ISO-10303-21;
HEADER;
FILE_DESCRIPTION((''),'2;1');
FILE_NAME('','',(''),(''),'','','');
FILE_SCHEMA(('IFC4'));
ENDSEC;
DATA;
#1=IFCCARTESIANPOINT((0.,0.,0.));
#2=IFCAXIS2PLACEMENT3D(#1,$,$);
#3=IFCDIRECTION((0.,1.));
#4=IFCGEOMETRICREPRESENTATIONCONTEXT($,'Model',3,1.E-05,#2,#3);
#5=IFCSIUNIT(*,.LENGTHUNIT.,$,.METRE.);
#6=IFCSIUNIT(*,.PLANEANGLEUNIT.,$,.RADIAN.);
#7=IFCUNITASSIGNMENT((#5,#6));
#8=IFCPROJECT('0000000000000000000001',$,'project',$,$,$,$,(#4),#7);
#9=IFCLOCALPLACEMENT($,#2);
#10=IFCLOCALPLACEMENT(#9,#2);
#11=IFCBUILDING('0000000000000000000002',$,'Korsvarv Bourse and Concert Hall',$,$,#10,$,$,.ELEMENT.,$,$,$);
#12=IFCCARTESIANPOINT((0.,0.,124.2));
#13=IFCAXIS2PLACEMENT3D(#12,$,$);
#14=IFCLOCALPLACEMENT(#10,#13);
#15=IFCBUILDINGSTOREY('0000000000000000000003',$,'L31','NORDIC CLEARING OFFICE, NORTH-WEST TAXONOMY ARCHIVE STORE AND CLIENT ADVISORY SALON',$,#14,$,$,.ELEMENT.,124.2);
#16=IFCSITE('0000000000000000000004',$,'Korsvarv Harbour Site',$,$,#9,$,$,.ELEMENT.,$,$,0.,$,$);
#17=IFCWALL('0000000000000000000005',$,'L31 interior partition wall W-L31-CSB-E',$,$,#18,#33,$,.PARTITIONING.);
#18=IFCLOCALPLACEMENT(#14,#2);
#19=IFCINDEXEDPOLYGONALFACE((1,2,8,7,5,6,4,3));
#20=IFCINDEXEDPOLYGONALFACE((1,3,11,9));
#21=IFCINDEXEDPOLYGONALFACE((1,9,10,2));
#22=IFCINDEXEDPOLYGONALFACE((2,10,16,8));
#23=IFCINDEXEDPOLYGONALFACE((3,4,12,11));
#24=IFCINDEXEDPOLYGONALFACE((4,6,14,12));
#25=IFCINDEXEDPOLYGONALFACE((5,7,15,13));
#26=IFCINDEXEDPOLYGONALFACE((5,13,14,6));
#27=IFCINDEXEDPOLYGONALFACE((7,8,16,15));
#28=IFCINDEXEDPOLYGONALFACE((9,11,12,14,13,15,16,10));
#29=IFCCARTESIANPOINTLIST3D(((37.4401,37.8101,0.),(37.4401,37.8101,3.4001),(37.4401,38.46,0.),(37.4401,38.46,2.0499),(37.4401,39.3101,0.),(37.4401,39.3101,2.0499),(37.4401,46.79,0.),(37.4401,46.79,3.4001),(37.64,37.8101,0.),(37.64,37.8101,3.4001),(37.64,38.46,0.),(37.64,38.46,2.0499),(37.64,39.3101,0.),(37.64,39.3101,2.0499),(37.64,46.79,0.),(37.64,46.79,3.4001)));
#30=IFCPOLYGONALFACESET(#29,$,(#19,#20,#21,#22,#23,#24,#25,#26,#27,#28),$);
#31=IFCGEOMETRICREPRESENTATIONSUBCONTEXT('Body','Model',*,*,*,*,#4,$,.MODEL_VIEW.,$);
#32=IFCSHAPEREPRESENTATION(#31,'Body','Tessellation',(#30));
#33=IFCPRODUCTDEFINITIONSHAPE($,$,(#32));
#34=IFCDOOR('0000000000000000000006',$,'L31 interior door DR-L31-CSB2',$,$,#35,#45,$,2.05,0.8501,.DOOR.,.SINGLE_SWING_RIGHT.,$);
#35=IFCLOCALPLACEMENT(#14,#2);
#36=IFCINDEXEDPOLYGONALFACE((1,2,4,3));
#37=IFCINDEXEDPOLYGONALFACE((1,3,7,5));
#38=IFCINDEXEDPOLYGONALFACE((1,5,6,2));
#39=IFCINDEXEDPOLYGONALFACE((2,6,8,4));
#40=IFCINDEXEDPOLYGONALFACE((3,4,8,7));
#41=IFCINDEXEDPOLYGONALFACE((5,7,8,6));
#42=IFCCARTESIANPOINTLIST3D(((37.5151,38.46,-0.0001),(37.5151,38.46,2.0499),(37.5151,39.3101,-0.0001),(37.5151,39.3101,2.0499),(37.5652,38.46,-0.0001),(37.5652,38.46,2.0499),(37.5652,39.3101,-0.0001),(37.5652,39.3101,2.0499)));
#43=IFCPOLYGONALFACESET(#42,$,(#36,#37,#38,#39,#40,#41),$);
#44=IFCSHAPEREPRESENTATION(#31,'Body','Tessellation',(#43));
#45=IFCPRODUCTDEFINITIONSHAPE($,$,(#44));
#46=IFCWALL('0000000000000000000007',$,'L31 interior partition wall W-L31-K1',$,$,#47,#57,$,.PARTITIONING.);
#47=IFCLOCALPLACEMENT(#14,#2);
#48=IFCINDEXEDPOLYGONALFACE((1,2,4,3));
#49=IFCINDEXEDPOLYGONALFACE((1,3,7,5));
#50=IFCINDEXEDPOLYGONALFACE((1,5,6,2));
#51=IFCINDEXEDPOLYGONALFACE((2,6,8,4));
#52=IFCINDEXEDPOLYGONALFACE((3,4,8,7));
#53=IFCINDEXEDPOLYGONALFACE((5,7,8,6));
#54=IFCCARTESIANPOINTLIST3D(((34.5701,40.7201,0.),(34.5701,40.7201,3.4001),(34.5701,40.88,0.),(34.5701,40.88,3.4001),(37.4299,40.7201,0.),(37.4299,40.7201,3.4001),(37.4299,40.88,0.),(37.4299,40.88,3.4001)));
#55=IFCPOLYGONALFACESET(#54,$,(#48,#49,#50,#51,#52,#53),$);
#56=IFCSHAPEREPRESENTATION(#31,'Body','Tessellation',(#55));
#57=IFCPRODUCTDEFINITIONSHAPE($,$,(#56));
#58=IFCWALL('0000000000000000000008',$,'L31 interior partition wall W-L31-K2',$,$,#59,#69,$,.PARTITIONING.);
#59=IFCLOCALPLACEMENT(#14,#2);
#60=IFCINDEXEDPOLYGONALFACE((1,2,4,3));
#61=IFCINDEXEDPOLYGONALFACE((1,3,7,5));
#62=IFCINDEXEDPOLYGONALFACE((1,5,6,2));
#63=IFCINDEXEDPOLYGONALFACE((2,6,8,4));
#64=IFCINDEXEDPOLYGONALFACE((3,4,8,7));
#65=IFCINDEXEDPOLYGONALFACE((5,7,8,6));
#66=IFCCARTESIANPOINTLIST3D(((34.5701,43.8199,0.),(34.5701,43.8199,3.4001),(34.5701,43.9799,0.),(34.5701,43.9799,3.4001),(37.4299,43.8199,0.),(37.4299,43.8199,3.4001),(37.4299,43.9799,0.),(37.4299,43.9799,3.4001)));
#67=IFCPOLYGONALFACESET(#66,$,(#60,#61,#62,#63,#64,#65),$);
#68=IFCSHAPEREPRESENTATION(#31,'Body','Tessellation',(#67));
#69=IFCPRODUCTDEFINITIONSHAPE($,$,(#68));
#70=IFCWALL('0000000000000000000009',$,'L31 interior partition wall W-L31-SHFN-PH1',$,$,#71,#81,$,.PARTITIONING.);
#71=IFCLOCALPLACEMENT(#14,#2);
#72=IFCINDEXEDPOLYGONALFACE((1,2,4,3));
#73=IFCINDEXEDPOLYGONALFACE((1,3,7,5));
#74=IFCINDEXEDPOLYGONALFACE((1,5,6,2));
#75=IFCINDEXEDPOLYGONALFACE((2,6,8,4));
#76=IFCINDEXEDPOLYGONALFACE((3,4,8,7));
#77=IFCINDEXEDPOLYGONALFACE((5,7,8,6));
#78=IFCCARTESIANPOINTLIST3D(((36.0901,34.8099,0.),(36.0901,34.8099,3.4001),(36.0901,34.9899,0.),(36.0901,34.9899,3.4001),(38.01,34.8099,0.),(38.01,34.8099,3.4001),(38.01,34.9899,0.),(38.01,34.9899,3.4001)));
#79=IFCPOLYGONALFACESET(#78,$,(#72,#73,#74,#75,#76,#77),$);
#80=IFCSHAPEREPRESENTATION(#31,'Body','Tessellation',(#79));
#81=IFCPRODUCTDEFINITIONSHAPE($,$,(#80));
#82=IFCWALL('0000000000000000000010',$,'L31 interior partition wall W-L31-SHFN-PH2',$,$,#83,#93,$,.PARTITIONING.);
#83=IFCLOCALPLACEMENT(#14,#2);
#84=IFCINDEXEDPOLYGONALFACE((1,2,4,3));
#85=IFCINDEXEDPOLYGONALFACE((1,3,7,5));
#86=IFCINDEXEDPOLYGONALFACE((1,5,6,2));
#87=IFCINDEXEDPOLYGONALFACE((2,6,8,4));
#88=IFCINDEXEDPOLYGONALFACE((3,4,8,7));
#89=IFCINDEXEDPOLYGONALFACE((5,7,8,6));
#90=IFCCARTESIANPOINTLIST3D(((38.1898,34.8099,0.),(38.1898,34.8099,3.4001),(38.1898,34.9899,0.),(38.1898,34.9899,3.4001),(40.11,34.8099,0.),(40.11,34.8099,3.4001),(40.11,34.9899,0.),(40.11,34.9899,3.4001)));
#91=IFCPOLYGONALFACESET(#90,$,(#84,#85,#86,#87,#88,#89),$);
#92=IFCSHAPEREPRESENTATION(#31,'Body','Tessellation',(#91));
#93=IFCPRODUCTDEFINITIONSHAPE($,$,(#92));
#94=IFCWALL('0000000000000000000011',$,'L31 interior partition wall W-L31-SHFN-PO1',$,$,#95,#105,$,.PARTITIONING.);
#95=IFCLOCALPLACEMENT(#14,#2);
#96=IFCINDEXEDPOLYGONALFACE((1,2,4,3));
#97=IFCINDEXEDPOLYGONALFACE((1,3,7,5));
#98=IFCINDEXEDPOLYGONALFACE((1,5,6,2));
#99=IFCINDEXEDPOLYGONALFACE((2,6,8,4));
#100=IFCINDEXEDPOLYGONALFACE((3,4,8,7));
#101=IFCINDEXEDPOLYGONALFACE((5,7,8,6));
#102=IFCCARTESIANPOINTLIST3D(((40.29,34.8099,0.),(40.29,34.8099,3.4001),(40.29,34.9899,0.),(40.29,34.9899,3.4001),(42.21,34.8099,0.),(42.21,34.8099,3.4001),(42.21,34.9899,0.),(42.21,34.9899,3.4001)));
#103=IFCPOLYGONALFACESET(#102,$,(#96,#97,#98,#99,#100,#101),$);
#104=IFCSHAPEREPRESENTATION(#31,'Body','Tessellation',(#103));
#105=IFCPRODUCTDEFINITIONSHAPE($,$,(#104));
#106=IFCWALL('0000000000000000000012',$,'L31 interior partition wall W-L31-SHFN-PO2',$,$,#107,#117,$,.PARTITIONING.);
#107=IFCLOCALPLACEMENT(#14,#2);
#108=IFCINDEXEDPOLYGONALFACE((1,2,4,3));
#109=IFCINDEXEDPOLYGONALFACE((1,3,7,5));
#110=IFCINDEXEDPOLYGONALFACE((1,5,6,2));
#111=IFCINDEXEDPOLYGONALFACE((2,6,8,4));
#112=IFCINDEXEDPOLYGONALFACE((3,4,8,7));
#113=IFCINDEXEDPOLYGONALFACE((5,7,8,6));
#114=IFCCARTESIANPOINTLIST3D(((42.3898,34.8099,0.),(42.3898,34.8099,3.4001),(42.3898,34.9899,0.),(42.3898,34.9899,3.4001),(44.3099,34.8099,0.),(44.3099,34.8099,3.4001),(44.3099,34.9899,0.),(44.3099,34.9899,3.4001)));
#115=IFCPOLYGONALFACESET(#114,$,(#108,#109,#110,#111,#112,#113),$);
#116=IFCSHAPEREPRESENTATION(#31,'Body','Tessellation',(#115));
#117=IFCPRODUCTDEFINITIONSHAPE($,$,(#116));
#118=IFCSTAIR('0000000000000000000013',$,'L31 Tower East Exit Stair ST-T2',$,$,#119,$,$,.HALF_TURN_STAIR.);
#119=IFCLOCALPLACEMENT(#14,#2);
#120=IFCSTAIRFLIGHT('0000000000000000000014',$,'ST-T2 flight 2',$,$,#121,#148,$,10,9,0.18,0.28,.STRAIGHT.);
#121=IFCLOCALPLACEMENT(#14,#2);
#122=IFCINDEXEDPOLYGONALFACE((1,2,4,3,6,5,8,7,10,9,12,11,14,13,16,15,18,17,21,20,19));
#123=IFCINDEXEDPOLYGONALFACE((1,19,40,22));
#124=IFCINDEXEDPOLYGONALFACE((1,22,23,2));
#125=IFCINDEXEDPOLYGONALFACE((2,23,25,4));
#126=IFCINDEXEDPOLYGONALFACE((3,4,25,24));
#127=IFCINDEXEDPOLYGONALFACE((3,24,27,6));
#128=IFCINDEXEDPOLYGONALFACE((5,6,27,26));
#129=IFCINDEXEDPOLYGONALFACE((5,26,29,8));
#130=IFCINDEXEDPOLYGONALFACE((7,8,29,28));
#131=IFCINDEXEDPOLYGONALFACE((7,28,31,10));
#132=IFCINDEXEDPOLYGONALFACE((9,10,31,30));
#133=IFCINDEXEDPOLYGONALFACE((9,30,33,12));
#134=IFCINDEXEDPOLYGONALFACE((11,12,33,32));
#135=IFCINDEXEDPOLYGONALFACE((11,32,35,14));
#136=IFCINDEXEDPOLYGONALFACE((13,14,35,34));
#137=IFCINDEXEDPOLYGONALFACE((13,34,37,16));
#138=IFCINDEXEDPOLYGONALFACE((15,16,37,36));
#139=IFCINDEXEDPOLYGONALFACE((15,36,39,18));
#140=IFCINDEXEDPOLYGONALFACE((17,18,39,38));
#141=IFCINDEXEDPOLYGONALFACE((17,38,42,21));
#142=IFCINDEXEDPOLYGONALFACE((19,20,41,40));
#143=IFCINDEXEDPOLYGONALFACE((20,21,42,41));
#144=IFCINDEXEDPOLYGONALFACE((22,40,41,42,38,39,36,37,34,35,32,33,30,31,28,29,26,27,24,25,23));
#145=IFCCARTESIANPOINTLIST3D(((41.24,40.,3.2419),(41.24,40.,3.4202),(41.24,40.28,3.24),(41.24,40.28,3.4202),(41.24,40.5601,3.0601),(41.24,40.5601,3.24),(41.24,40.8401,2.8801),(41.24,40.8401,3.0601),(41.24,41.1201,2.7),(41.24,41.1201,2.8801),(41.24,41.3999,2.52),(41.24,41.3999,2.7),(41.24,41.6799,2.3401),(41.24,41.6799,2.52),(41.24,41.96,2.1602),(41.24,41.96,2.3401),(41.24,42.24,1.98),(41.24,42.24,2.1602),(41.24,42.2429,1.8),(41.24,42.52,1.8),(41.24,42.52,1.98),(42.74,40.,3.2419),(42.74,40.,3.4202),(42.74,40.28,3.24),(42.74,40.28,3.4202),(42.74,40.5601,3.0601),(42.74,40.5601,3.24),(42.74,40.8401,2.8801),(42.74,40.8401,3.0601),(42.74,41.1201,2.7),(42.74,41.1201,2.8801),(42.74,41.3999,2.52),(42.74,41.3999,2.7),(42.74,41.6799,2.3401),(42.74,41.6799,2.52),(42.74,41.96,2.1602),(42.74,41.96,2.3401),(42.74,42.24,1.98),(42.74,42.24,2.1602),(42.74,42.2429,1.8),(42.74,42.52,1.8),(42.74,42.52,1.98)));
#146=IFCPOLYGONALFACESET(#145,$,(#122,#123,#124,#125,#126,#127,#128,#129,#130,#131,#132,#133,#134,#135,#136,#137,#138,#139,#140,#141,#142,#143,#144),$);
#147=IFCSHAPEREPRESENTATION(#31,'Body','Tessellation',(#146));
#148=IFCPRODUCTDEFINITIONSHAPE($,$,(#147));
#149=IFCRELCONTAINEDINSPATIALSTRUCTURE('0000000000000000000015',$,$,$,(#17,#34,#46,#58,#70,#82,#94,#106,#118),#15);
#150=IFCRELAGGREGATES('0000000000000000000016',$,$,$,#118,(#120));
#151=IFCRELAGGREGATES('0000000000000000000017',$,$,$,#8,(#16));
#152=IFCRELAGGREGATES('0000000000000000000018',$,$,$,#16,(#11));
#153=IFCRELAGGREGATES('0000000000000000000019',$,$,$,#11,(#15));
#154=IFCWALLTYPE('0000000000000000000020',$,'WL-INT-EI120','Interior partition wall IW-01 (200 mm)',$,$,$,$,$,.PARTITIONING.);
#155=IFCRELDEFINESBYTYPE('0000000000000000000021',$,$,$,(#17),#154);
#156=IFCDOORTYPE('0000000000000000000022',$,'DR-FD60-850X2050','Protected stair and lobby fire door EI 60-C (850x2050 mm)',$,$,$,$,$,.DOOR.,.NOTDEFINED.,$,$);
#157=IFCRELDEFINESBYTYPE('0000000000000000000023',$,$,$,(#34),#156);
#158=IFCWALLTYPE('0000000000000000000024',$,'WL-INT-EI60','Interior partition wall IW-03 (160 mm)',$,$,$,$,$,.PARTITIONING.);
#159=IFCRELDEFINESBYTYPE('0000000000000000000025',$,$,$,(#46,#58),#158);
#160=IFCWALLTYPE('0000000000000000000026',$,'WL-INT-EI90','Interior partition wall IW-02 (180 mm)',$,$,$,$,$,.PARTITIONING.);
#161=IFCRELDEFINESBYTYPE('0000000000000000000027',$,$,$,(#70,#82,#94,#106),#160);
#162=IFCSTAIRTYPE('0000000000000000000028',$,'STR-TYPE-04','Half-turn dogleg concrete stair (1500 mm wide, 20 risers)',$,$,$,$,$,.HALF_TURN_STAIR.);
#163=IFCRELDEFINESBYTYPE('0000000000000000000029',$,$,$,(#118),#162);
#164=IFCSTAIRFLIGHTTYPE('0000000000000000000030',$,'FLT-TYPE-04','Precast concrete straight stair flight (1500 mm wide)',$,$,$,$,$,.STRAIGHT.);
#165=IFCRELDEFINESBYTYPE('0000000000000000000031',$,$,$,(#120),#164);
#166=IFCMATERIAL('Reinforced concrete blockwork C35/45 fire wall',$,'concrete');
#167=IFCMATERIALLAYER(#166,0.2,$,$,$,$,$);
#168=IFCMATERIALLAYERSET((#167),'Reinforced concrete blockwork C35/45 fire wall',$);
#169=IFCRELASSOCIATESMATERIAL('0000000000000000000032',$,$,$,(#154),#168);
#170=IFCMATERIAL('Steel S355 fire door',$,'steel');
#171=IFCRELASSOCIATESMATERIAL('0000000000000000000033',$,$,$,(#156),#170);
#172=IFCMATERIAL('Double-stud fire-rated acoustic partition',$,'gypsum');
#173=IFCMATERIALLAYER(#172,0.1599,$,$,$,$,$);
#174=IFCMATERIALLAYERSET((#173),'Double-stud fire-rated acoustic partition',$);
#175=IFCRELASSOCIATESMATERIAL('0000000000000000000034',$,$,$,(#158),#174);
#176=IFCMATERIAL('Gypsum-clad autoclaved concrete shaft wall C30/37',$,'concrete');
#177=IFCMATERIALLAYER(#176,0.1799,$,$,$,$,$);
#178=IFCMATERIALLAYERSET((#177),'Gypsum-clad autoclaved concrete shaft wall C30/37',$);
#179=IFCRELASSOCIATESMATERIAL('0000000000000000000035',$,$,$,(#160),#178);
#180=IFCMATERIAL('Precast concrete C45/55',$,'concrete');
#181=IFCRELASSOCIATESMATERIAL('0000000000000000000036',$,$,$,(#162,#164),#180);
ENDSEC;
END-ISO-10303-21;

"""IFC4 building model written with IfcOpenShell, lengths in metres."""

from ifc_helpers import new_model, si_unit, direction, frame, frame_2d, origin, place, context, subcontext, project, spatial, polyline, rectangle, outline, extrude, material, layer, layer_set, type_object, element, fill, aggregate, save


model = new_model("IFC4")

# Units and contexts
model_context = context("Model", 3, precision=1e-05, world=origin(), true_north=direction((0.0, 1.0)))
body_context = subcontext(model_context, "Body", "Model", "MODEL_VIEW")
ifc_project = project(units=[si_unit("LENGTHUNIT", "METRE"), si_unit("PLANEANGLEUNIT", "RADIAN")], contexts=[model_context])

# Site, building, storey
site_placement = place(None, origin())
site = spatial("IfcSite", under=ifc_project, at=site_placement, Name="Korsvarv Harbour Site", CompositionType="ELEMENT", RefElevation=0.0)
building_placement = place(site_placement, origin())
building = spatial("IfcBuilding", under=site, at=building_placement, Name="Korsvarv Bourse and Concert Hall", CompositionType="ELEMENT")
storey_placement = place(building_placement, frame((0.0, 0.0, 124.2)))
storey = spatial("IfcBuildingStorey", under=building, at=storey_placement, Name="L31", Description="NORDIC CLEARING OFFICE, NORTH-WEST TAXONOMY ARCHIVE STORE AND CLIENT ADVISORY SALON", CompositionType="ELEMENT", Elevation=124.2)

# Shared definitions
ifc_material_1 = material(Name="Steel S355 fire door", Category="steel")

# Wall, opening, door
ifc_material_2 = material(Name="Reinforced concrete blockwork C35/45 fire wall", Category="concrete")
ifc_layer_1 = layer(ifc_material_2, 0.2)
ifc_layer_set_1 = layer_set([ifc_layer_1], Name="Reinforced concrete blockwork C35/45 fire wall")
wall_type_1 = type_object("IfcWallType", Name="WL-INT-EI120", Description="Interior partition wall IW-01 (200 mm)", PredefinedType="PARTITIONING", material=ifc_layer_set_1)
door_type_1 = type_object("IfcDoorType", Name="DR-FD60-850X2050", Description="Protected stair and lobby fire door EI 60-C (850x2050 mm)", OperationType="NOTDEFINED", PredefinedType="DOOR", material=ifc_material_1)
wall_1_placement = place(storey_placement, frame((37.54, 37.8101, 0.0), z_axis=(0.0, 0.0, 1.0), x_axis=(0.0, 1.0, 0.0)))
wall_1 = element("IfcWall", 1, at=wall_1_placement, inside=storey, type_object=wall_type_1, Name="L31 interior partition wall W-L31-CSB-E", PredefinedType="PARTITIONING", context=body_context, shape_type="SweptSolid", body=[
    extrude(rectangle(XDim=8.98, YDim=0.2, at=frame_2d((4.49, 0.0))), origin(), (0.0, 0.0, 1.0), 3.4001),
])
opening_1_placement = place(wall_1_placement, frame((0.6499, 0.0, 0.0)))
opening_1 = element("IfcOpeningElement", 2, at=opening_1_placement, cuts=wall_1, PredefinedType="OPENING", context=body_context, shape_type="SweptSolid", body=[
    extrude(rectangle(XDim=0.8501, YDim=2.05, at=frame_2d((0.425, 1.0249))), frame((0.0, 0.1099, 0.0), z_axis=(0.0, -1.0, 0.0), x_axis=(1.0, 0.0, 0.0)), (0.0, 0.0, 1.0), 0.22),
])
door_1_placement = place(opening_1_placement, origin())
door_1 = element("IfcDoor", 3, at=door_1_placement, inside=storey, type_object=door_type_1, Name="L31 interior door DR-L31-CSB2", OperationType="SINGLE_SWING_RIGHT", OverallHeight=2.05, OverallWidth=0.8501, PredefinedType="DOOR", context=body_context, shape_type="SweptSolid", body=[
    extrude(rectangle(XDim=0.8501, YDim=2.05, at=frame_2d((0.425, 1.0249))), frame((0.0, 0.0249, 0.0), z_axis=(0.0, -1.0, 0.0), x_axis=(1.0, 0.0, 0.0)), (0.0, 0.0, 1.0), 0.05),
])
fill(opening_1, door_1)

# Walls
ifc_material_3 = material(Name="Double-stud fire-rated acoustic partition", Category="gypsum")
ifc_layer_2 = layer(ifc_material_3, 0.1599)
ifc_layer_set_2 = layer_set([ifc_layer_2], Name="Double-stud fire-rated acoustic partition")
wall_type_2 = type_object("IfcWallType", Name="WL-INT-EI60", Description="Interior partition wall IW-03 (160 mm)", PredefinedType="PARTITIONING", material=ifc_layer_set_2)
for number, where, z_axis, x_axis, name in (
    (4, (34.5701, 40.8, 0.0), (0.0, 0.0, 1.0), (1.0, 0.0, 0.0), "L31 interior partition wall W-L31-K1"),
    (5, (34.5701, 43.8999, 0.0), (0.0, 0.0, 1.0), (1.0, 0.0, 0.0), "L31 interior partition wall W-L31-K2"),
):
    element("IfcWall", number, at=place(storey_placement, frame(where, z_axis=z_axis, x_axis=x_axis)), inside=storey, type_object=wall_type_2, Name=name, PredefinedType="PARTITIONING", context=body_context, shape_type="SweptSolid", body=[
        extrude(rectangle(XDim=2.8599, YDim=0.1599, at=frame_2d((1.4299, 0.0))), origin(), (0.0, 0.0, 1.0), 3.4001),
    ])
ifc_material_4 = material(Name="Gypsum-clad autoclaved concrete shaft wall C30/37", Category="concrete")
ifc_layer_3 = layer(ifc_material_4, 0.1799)
ifc_layer_set_3 = layer_set([ifc_layer_3], Name="Gypsum-clad autoclaved concrete shaft wall C30/37")
wall_type_3 = type_object("IfcWallType", Name="WL-INT-EI90", Description="Interior partition wall IW-02 (180 mm)", PredefinedType="PARTITIONING", material=ifc_layer_set_3)
wall_2_placement = place(storey_placement, frame((36.0901, 34.8999, 0.0), z_axis=(0.0, 0.0, 1.0), x_axis=(1.0, 0.0, 0.0)))
element("IfcWall", 6, at=wall_2_placement, inside=storey, type_object=wall_type_3, Name="L31 interior partition wall W-L31-SHFN-PH1", PredefinedType="PARTITIONING", context=body_context, shape_type="SweptSolid", body=[
    extrude(rectangle(XDim=1.9199, YDim=0.1799, at=frame_2d((0.96, 0.0))), origin(), (0.0, 0.0, 1.0), 3.4001),
])
wall_3_placement = place(storey_placement, frame((38.1899, 34.8999, 0.0), z_axis=(0.0, 0.0, 1.0), x_axis=(1.0, 0.0, 0.0)))
element("IfcWall", 7, at=wall_3_placement, inside=storey, type_object=wall_type_3, Name="L31 interior partition wall W-L31-SHFN-PH2", PredefinedType="PARTITIONING", context=body_context, shape_type="SweptSolid", body=[
    extrude(rectangle(XDim=1.9202, YDim=0.1799, at=frame_2d((0.96, 0.0))), origin(), (0.0, 0.0, 1.0), 3.4001),
])
wall_4_placement = place(storey_placement, frame((40.29, 34.8999, 0.0), z_axis=(0.0, 0.0, 1.0), x_axis=(1.0, 0.0, 0.0)))
element("IfcWall", 8, at=wall_4_placement, inside=storey, type_object=wall_type_3, Name="L31 interior partition wall W-L31-SHFN-PO1", PredefinedType="PARTITIONING", context=body_context, shape_type="SweptSolid", body=[
    extrude(rectangle(XDim=1.9199, YDim=0.1799, at=frame_2d((0.96, 0.0))), origin(), (0.0, 0.0, 1.0), 3.4001),
])
wall_5_placement = place(storey_placement, frame((42.3899, 34.8999, 0.0), z_axis=(0.0, 0.0, 1.0), x_axis=(1.0, 0.0, 0.0)))
element("IfcWall", 9, at=wall_5_placement, inside=storey, type_object=wall_type_3, Name="L31 interior partition wall W-L31-SHFN-PO2", PredefinedType="PARTITIONING", context=body_context, shape_type="SweptSolid", body=[
    extrude(rectangle(XDim=1.9202, YDim=0.1799, at=frame_2d((0.96, 0.0))), origin(), (0.0, 0.0, 1.0), 3.4001),
])

# Stair, stair flight
ifc_material_5 = material(Name="Precast concrete C45/55", Category="concrete")
stair_type = type_object("IfcStairType", Name="STR-TYPE-04", Description="Half-turn dogleg concrete stair (1500 mm wide, 20 risers)", PredefinedType="HALF_TURN_STAIR", material=ifc_material_5)
stair_placement = place(storey_placement, origin())
stair = element("IfcStair", 10, at=stair_placement, inside=storey, type_object=stair_type, Name="L31 Tower East Exit Stair ST-T2", PredefinedType="HALF_TURN_STAIR")
stair_flight_type = type_object("IfcStairFlightType", Name="FLT-TYPE-04", Description="Precast concrete straight stair flight (1500 mm wide)", PredefinedType="STRAIGHT", material=ifc_material_5)
stair_flight_placement = place(storey_placement, frame((41.99, 42.52, 1.8), z_axis=(0.0, 0.0, 1.0), x_axis=(0.0, -1.0, 0.0)))
stair_flight = element("IfcStairFlight", 11, at=stair_flight_placement, type_object=stair_flight_type, Name="ST-T2 flight 2", NumberOfRisers=10, NumberOfTreads=9, PredefinedType="STRAIGHT", RiserHeight=0.18, TreadLength=0.28, context=body_context, shape_type="SweptSolid", body=[
    extrude(outline(polyline([(0.0, 0.0), (0.0, 0.1799), (0.28, 0.1799), (0.28, 0.3601), (0.5601, 0.3601), (0.5601, 0.54), (0.8401, 0.54), (0.8401, 0.72), (1.1201, 0.72), (1.1201, 0.8999), (1.3999, 0.8999), (1.3999, 1.0801), (1.6799, 1.0801), (1.6799, 1.26), (1.96, 1.26), (1.96, 1.4399), (2.24, 1.4399), (2.24, 1.6201), (2.52, 1.6201), (2.52, 1.8), (2.52, 1.4419), (0.2771, 0.0), (0.0, 0.0)])), frame((0.0, 0.75, 0.0), z_axis=(0.0, -1.0, 0.0), x_axis=(1.0, 0.0, 0.0)), (0.0, 0.0, 1.0), 1.5),
])
aggregate(stair, [stair_flight])

save(model, "model.ifc")
